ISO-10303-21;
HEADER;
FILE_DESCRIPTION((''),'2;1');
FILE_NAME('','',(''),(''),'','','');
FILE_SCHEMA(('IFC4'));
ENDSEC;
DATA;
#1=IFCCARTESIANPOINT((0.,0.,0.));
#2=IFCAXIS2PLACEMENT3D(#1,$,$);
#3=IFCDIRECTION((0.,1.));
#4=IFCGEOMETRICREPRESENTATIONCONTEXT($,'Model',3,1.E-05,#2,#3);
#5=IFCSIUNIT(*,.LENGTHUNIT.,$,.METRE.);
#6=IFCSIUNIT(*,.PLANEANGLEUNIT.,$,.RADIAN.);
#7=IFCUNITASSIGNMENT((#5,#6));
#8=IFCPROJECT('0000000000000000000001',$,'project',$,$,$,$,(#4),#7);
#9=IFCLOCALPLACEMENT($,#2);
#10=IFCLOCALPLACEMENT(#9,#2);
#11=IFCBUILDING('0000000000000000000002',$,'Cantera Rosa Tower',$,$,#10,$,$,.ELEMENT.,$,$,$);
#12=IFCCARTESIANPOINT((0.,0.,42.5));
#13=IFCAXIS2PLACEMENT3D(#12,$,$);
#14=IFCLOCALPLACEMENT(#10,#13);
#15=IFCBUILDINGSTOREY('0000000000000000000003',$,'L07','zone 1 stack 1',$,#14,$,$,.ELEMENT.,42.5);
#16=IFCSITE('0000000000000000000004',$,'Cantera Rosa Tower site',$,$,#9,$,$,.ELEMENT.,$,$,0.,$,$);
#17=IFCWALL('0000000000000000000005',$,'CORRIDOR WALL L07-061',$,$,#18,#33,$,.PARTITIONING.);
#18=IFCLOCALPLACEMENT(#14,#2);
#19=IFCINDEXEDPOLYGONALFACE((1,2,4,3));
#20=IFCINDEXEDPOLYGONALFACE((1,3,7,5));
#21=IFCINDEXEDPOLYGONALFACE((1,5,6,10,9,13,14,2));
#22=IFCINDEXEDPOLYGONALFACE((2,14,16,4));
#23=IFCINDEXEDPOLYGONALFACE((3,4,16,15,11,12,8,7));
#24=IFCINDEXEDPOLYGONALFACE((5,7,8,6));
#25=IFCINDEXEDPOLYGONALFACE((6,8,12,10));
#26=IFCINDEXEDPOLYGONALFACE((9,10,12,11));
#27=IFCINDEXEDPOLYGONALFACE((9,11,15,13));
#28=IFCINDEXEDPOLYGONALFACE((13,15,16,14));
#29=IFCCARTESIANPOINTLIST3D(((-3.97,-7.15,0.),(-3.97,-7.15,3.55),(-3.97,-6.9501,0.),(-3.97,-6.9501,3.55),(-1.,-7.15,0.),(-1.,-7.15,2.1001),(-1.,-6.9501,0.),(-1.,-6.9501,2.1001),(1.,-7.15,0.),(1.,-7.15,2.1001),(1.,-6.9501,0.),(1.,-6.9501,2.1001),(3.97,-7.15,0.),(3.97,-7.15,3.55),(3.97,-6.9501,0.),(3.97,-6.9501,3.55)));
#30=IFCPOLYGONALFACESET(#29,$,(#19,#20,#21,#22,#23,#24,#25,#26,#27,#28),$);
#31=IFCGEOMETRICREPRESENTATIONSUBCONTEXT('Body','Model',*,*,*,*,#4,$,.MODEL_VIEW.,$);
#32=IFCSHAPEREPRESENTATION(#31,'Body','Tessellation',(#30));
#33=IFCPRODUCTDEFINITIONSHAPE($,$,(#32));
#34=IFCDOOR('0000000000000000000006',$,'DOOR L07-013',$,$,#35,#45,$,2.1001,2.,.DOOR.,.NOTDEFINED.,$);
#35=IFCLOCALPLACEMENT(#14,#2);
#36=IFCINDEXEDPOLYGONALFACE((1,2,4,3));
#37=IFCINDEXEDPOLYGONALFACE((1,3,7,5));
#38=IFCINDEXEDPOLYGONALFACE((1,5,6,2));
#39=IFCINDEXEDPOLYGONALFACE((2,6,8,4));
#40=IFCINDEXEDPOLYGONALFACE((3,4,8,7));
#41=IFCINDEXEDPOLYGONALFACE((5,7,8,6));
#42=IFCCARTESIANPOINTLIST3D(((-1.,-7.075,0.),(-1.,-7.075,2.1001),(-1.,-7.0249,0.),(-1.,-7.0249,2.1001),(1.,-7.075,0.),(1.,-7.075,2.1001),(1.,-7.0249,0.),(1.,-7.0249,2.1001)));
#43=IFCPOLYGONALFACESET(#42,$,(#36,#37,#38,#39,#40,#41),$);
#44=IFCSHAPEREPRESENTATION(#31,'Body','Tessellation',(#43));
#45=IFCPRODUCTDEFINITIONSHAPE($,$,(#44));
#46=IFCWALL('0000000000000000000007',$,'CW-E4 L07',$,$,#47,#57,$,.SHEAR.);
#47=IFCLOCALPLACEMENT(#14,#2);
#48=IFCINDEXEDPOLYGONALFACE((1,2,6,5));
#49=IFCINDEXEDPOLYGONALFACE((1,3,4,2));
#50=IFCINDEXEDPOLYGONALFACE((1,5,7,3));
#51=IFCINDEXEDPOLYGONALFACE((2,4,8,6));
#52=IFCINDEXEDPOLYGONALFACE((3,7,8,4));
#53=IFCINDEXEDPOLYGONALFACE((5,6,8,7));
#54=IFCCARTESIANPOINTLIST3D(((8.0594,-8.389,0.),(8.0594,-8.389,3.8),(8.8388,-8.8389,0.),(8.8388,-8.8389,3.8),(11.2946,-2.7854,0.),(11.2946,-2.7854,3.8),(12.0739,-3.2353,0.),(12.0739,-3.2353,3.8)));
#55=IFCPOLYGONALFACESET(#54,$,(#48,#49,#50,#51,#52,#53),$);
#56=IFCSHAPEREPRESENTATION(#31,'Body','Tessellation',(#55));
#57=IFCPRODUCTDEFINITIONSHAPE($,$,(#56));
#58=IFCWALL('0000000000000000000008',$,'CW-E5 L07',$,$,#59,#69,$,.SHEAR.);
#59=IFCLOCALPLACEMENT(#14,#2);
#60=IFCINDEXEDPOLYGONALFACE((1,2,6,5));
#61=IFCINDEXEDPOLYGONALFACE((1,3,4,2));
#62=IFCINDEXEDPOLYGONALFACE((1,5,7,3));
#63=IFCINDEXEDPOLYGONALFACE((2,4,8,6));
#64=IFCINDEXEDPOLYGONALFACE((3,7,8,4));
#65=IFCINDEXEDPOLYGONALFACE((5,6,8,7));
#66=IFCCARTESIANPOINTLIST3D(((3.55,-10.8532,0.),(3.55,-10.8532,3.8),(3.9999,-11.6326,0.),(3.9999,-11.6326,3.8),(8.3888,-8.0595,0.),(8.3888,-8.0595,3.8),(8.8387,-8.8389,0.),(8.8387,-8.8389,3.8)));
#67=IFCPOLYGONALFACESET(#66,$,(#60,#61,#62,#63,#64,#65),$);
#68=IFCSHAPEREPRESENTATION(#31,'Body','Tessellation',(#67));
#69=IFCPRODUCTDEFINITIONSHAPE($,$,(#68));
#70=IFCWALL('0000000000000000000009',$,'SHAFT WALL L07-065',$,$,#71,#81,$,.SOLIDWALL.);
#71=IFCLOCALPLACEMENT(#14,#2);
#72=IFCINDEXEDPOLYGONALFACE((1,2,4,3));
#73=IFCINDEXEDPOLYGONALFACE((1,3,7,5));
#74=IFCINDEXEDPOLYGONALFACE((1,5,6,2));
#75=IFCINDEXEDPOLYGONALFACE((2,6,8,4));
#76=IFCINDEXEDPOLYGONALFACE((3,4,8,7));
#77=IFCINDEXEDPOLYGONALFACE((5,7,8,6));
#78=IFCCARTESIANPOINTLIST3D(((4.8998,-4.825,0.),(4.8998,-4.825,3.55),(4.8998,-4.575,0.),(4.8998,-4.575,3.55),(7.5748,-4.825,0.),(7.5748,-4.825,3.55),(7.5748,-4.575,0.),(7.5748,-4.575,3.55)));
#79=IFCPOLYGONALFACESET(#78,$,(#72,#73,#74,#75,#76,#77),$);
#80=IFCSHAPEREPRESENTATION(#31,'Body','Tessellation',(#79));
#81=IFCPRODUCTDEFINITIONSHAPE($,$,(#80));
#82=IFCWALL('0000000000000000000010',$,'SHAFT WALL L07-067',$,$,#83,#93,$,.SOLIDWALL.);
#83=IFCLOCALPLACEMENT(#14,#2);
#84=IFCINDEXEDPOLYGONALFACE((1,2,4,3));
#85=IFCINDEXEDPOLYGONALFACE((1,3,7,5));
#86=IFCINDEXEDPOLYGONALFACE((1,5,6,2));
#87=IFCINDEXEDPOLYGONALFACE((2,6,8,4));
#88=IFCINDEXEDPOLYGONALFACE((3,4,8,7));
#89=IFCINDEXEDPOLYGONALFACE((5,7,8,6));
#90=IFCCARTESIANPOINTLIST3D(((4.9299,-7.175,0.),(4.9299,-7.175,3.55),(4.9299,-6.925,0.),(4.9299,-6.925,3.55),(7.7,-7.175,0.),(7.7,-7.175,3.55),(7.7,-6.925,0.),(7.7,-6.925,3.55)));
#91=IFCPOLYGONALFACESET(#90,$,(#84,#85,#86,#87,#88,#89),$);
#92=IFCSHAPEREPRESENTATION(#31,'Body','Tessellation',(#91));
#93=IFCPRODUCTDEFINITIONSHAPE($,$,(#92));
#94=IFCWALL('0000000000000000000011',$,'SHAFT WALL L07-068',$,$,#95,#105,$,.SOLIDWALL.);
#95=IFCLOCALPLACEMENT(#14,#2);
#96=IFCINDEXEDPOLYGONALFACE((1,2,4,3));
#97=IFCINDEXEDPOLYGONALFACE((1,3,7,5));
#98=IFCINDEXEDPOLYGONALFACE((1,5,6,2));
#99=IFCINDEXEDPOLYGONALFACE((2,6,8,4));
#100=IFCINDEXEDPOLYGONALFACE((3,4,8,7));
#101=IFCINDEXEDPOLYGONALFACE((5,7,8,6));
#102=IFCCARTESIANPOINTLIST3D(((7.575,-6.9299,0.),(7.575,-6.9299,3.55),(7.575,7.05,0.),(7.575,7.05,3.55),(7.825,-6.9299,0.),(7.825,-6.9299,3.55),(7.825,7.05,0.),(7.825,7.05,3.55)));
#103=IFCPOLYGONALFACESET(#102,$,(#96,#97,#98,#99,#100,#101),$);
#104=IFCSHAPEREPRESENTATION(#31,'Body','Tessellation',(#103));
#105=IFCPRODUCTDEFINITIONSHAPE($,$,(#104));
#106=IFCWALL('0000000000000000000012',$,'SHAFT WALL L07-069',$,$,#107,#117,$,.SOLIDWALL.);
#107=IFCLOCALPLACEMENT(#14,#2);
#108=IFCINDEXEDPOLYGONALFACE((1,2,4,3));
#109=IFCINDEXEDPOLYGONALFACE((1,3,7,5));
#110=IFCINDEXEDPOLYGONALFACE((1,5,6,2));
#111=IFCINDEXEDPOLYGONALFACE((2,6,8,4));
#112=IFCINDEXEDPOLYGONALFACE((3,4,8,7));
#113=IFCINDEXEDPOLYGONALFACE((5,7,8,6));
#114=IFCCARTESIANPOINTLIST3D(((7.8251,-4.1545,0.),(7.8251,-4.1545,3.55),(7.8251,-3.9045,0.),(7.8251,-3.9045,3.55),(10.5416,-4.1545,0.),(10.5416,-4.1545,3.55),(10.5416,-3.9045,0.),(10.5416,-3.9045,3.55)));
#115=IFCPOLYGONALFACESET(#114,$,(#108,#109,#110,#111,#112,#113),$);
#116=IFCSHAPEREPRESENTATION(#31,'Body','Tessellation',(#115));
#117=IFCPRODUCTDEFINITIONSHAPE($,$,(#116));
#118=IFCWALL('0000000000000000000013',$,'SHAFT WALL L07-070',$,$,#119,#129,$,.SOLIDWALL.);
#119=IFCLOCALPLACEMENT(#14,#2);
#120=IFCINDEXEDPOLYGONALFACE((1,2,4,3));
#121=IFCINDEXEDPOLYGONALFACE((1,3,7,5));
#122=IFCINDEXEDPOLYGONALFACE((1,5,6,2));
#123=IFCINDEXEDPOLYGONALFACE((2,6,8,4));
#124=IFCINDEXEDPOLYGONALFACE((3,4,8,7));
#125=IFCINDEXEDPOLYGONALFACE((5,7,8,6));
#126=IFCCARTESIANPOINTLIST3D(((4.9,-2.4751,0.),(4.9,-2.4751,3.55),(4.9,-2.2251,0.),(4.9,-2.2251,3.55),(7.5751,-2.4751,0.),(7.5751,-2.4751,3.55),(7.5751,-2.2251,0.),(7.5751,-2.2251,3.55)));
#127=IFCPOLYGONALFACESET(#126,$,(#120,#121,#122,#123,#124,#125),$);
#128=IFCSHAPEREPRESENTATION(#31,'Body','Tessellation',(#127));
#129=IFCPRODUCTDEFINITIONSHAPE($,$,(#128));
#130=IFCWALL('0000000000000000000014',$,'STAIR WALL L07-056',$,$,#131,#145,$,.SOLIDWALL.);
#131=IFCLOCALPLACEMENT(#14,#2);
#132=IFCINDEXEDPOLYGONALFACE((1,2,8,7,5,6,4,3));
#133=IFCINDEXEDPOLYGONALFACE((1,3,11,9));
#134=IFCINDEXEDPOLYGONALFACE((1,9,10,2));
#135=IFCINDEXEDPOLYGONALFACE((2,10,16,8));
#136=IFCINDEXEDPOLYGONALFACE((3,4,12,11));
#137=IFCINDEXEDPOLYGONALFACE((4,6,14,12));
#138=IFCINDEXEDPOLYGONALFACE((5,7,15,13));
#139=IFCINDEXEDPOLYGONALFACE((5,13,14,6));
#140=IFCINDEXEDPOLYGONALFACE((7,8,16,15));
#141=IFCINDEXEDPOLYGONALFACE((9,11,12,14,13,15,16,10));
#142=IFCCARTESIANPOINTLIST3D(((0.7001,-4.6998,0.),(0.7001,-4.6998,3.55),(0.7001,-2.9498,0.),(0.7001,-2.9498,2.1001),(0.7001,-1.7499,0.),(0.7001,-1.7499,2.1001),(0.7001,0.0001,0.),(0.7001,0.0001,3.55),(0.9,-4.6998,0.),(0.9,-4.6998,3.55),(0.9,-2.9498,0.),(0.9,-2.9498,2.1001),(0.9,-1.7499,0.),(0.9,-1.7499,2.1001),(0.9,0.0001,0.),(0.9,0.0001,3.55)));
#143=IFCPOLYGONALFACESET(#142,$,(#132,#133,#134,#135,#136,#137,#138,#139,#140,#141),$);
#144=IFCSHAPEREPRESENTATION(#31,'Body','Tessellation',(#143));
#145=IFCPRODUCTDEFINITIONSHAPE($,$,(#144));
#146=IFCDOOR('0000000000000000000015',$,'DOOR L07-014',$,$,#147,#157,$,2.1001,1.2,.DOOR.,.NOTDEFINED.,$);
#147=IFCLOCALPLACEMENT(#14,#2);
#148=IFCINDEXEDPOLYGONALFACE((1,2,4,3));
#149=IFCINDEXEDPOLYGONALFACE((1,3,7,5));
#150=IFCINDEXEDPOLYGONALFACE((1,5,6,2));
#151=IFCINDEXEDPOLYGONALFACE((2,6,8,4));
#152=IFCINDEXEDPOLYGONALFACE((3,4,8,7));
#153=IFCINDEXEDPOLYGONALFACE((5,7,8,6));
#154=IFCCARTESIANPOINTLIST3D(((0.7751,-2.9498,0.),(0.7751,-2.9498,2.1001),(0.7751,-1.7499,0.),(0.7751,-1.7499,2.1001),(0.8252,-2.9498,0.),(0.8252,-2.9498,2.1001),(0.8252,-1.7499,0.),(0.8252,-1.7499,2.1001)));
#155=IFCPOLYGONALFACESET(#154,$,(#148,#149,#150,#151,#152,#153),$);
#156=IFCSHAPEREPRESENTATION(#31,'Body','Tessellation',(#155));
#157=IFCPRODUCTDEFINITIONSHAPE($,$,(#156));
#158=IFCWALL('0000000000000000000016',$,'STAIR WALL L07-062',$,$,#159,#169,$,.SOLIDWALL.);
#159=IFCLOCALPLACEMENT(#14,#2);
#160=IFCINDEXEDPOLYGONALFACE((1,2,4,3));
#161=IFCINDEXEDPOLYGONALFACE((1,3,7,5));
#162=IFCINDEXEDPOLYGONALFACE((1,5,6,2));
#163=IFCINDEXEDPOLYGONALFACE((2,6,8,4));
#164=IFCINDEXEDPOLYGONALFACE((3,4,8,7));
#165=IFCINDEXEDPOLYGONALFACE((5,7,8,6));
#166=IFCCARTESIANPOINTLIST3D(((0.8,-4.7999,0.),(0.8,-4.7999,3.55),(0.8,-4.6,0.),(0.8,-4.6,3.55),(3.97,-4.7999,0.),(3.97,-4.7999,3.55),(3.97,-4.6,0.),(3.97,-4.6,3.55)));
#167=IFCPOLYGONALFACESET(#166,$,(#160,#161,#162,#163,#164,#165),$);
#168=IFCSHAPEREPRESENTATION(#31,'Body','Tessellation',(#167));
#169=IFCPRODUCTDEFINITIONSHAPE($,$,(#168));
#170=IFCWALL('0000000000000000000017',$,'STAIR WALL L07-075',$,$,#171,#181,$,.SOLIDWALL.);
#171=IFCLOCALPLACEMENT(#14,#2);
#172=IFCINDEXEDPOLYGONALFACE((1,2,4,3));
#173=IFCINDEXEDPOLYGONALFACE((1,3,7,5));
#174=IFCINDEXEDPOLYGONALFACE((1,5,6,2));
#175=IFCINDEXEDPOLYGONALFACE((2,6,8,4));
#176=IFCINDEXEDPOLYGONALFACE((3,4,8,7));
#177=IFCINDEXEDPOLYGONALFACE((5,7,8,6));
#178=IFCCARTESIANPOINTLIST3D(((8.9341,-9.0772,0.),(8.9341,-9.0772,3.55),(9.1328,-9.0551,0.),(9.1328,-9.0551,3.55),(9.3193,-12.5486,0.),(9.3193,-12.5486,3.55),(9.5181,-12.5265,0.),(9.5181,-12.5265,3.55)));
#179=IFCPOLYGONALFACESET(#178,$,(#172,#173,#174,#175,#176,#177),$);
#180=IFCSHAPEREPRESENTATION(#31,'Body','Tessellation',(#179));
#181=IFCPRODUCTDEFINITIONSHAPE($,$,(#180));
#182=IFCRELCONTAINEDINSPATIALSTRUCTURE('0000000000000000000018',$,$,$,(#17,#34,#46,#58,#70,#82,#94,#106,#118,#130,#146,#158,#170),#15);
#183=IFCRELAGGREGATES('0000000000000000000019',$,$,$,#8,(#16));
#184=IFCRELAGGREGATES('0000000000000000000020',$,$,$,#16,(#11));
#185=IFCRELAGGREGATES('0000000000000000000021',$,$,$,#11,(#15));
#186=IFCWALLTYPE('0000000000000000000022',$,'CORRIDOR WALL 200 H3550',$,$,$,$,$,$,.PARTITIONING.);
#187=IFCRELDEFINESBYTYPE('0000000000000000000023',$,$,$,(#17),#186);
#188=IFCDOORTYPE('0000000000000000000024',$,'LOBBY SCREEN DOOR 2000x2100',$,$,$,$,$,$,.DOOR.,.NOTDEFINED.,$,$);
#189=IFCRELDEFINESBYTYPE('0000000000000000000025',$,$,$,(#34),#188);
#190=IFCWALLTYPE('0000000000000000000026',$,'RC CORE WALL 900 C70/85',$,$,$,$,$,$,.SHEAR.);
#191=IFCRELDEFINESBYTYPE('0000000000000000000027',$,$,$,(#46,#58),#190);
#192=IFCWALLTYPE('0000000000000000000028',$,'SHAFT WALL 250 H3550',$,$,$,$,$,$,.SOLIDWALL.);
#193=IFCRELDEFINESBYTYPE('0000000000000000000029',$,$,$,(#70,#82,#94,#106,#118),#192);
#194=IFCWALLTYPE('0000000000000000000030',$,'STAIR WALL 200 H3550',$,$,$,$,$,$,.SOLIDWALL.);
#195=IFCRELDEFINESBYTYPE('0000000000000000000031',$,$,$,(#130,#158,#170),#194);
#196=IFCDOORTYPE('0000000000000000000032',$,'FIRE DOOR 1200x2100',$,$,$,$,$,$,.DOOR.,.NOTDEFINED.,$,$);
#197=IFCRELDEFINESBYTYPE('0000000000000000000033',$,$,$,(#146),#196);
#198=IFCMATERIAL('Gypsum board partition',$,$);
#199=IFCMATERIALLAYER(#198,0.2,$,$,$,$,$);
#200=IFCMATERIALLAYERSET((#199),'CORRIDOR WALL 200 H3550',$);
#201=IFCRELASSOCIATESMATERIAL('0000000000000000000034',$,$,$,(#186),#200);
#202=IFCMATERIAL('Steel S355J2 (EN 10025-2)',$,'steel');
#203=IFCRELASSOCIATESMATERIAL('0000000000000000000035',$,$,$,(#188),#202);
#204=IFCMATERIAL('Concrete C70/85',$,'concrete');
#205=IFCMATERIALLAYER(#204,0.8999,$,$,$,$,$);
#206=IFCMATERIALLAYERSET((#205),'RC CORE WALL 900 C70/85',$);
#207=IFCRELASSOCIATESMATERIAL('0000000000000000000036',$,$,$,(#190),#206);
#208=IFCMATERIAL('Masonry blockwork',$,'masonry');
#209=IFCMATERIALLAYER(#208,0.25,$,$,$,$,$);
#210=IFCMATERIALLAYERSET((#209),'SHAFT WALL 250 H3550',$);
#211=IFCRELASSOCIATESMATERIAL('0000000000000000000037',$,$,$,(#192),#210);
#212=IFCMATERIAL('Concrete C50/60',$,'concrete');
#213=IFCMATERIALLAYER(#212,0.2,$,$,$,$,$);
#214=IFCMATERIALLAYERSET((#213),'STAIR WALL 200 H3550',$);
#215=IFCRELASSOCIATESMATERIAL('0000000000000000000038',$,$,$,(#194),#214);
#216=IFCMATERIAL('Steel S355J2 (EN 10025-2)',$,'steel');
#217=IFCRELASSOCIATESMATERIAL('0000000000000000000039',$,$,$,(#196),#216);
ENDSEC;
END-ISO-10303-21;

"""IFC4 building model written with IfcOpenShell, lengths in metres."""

from ifc_helpers import new_model, si_unit, direction, frame, frame_2d, origin, place, context, subcontext, project, spatial, rectangle, extrude, material, layer, layer_set, type_object, element, fill, save


model = new_model("IFC4")

# Units and contexts
model_context = context("Model", 3, precision=1e-05, world=origin(), true_north=direction((0.0, 1.0)))
body_context = subcontext(model_context, "Body", "Model", "MODEL_VIEW")
ifc_project = project(units=[si_unit("LENGTHUNIT", "METRE"), si_unit("PLANEANGLEUNIT", "RADIAN")], contexts=[model_context])

# Site, building, storey
site_placement = place(None, origin())
site = spatial("IfcSite", under=ifc_project, at=site_placement, Name="Cantera Rosa Tower site", CompositionType="ELEMENT", RefElevation=0.0)
building_placement = place(site_placement, origin())
building = spatial("IfcBuilding", under=site, at=building_placement, Name="Cantera Rosa Tower", CompositionType="ELEMENT")
storey_placement = place(building_placement, frame((0.0, 0.0, 42.5)))
storey = spatial("IfcBuildingStorey", under=building, at=storey_placement, Name="L07", Description="zone 1 stack 1", CompositionType="ELEMENT", Elevation=42.5)

# Wall, opening, door
ifc_material_1 = material(Name="Gypsum board partition")
ifc_layer_1 = layer(ifc_material_1, 0.2)
ifc_layer_set_1 = layer_set([ifc_layer_1], Name="CORRIDOR WALL 200 H3550")
wall_type_1 = type_object("IfcWallType", Name="CORRIDOR WALL 200 H3550", PredefinedType="PARTITIONING", material=ifc_layer_set_1)
wall_1_placement = place(storey_placement, frame((3.97, -7.05, 0.0), z_axis=(0.0, 0.0, 1.0), x_axis=(-1.0, 0.0, 0.0)))
wall_1 = element("IfcWall", 1, at=wall_1_placement, inside=storey, type_object=wall_type_1, Name="CORRIDOR WALL L07-061", PredefinedType="PARTITIONING", context=body_context, shape_type="SweptSolid", body=[
    extrude(rectangle(XDim=7.9399, YDim=0.2, at=frame_2d((3.97, 0.0))), origin(), (0.0, 0.0, 1.0), 3.55),
])
opening_1_placement = place(wall_1_placement, frame((2.97, 0.0, 0.0)))
opening_1 = element("IfcOpeningElement", 2, at=opening_1_placement, cuts=wall_1, PredefinedType="OPENING", context=body_context, shape_type="SweptSolid", body=[
    extrude(rectangle(XDim=2.0, YDim=2.1001, at=frame_2d((1.0, 1.05))), frame((0.0, 0.1099, 0.0), z_axis=(0.0, -1.0, 0.0), x_axis=(1.0, 0.0, 0.0)), (0.0, 0.0, 1.0), 0.22),
])
ifc_material_2 = material(Name="Steel S355J2 (EN 10025-2)", Category="steel")
door_type_1 = type_object("IfcDoorType", Name="LOBBY SCREEN DOOR 2000x2100", OperationType="NOTDEFINED", PredefinedType="DOOR", material=ifc_material_2)
door_1_placement = place(opening_1_placement, origin())
door_1 = element("IfcDoor", 3, at=door_1_placement, inside=storey, type_object=door_type_1, Name="DOOR L07-013", OperationType="NOTDEFINED", OverallHeight=2.1001, OverallWidth=2.0, PredefinedType="DOOR", context=body_context, shape_type="SweptSolid", body=[
    extrude(rectangle(XDim=2.0, YDim=2.1001, at=frame_2d((1.0, 1.05))), frame((0.0, 0.0249, 0.0), z_axis=(0.0, -1.0, 0.0), x_axis=(1.0, 0.0, 0.0)), (0.0, 0.0, 1.0), 0.05),
])
fill(opening_1, door_1)

# Walls
ifc_material_3 = material(Name="Concrete C70/85", Category="concrete")
ifc_layer_2 = layer(ifc_material_3, 0.8999)
ifc_layer_set_2 = layer_set([ifc_layer_2], Name="RC CORE WALL 900 C70/85")
wall_type_2 = type_object("IfcWallType", Name="RC CORE WALL 900 C70/85", PredefinedType="SHEAR", material=ifc_layer_set_2)
wall_2_placement = place(storey_placement, frame((11.6843, -3.0103, 0.0), z_axis=(0.0, 0.0, 1.0), x_axis=(-0.49999, -0.866031, 0.0)))
element("IfcWall", 4, at=wall_2_placement, inside=storey, type_object=wall_type_2, Name="CW-E4 L07", PredefinedType="SHEAR", context=body_context, shape_type="SweptSolid", body=[
    extrude(rectangle(XDim=6.4705, YDim=0.8999, at=frame_2d((3.2354, 0.0))), origin(), (0.0, 0.0, 1.0), 3.8),
])
wall_3_placement = place(storey_placement, frame((8.6138, -8.4492, 0.0), z_axis=(0.0, 0.0, 1.0), x_axis=(-0.866027, -0.499997, 0.0)))
element("IfcWall", 5, at=wall_3_placement, inside=storey, type_object=wall_type_2, Name="CW-E5 L07", PredefinedType="SHEAR", context=body_context, shape_type="SweptSolid", body=[
    extrude(rectangle(XDim=5.5874, YDim=0.8999, at=frame_2d((2.7937, 0.0))), origin(), (0.0, 0.0, 1.0), 3.8),
])
ifc_material_4 = material(Name="Masonry blockwork", Category="masonry")
ifc_layer_3 = layer(ifc_material_4, 0.25)
ifc_layer_set_3 = layer_set([ifc_layer_3], Name="SHAFT WALL 250 H3550")
wall_type_3 = type_object("IfcWallType", Name="SHAFT WALL 250 H3550", PredefinedType="SOLIDWALL", material=ifc_layer_set_3)
wall_4_placement = place(storey_placement, frame((4.8999, -4.7, 0.0), z_axis=(0.0, 0.0, 1.0), x_axis=(1.0, 0.0, 0.0)))
element("IfcWall", 6, at=wall_4_placement, inside=storey, type_object=wall_type_3, Name="SHAFT WALL L07-065", PredefinedType="SOLIDWALL", context=body_context, shape_type="SweptSolid", body=[
    extrude(rectangle(XDim=2.675, YDim=0.25, at=frame_2d((1.3374, 0.0))), origin(), (0.0, 0.0, 1.0), 3.55),
])
wall_5_placement = place(storey_placement, frame((4.9299, -7.05, 0.0), z_axis=(0.0, 0.0, 1.0), x_axis=(1.0, 0.0, 0.0)))
element("IfcWall", 7, at=wall_5_placement, inside=storey, type_object=wall_type_3, Name="SHAFT WALL L07-067", PredefinedType="SOLIDWALL", context=body_context, shape_type="SweptSolid", body=[
    extrude(rectangle(XDim=2.77, YDim=0.25, at=frame_2d((1.385, 0.0))), origin(), (0.0, 0.0, 1.0), 3.55),
])
wall_6_placement = place(storey_placement, frame((7.7, -6.9299, 0.0), z_axis=(0.0, 0.0, 1.0), x_axis=(0.0, 1.0, 0.0)))
element("IfcWall", 8, at=wall_6_placement, inside=storey, type_object=wall_type_3, Name="SHAFT WALL L07-068", PredefinedType="SOLIDWALL", context=body_context, shape_type="SweptSolid", body=[
    extrude(rectangle(XDim=13.98, YDim=0.25, at=frame_2d((6.99, 0.0))), origin(), (0.0, 0.0, 1.0), 3.55),
])
wall_7_placement = place(storey_placement, frame((7.825, -4.0295, 0.0), z_axis=(0.0, 0.0, 1.0), x_axis=(1.0, 0.0, 0.0)))
element("IfcWall", 9, at=wall_7_placement, inside=storey, type_object=wall_type_3, Name="SHAFT WALL L07-069", PredefinedType="SOLIDWALL", context=body_context, shape_type="SweptSolid", body=[
    extrude(rectangle(XDim=2.7166, YDim=0.25, at=frame_2d((1.3584, 0.0))), origin(), (0.0, 0.0, 1.0), 3.55),
])
wall_8_placement = place(storey_placement, frame((7.575, -2.3501, 0.0), z_axis=(0.0, 0.0, 1.0), x_axis=(-1.0, 0.0, 0.0)))
element("IfcWall", 10, at=wall_8_placement, inside=storey, type_object=wall_type_3, Name="SHAFT WALL L07-070", PredefinedType="SOLIDWALL", context=body_context, shape_type="SweptSolid", body=[
    extrude(rectangle(XDim=2.675, YDim=0.25, at=frame_2d((1.3374, 0.0))), origin(), (0.0, 0.0, 1.0), 3.55),
])

# Wall, opening, door
ifc_material_5 = material(Name="Concrete C50/60", Category="concrete")
ifc_layer_4 = layer(ifc_material_5, 0.2)
ifc_layer_set_4 = layer_set([ifc_layer_4], Name="STAIR WALL 200 H3550")
wall_type_4 = type_object("IfcWallType", Name="STAIR WALL 200 H3550", PredefinedType="SOLIDWALL", material=ifc_layer_set_4)
wall_9_placement = place(storey_placement, frame((0.8, -4.7, 0.0), z_axis=(0.0, 0.0, 1.0), x_axis=(0.0, 1.0, 0.0)))
wall_9 = element("IfcWall", 11, at=wall_9_placement, inside=storey, type_object=wall_type_4, Name="STAIR WALL L07-056", PredefinedType="SOLIDWALL", context=body_context, shape_type="SweptSolid", body=[
    extrude(rectangle(XDim=4.7, YDim=0.2, at=frame_2d((2.3501, 0.0))), origin(), (0.0, 0.0, 1.0), 3.55),
])
opening_2_placement = place(wall_9_placement, frame((1.75, 0.0, 0.0)))
opening_2 = element("IfcOpeningElement", 12, at=opening_2_placement, cuts=wall_9, PredefinedType="OPENING", context=body_context, shape_type="SweptSolid", body=[
    extrude(rectangle(XDim=1.2, YDim=2.1001, at=frame_2d((0.6001, 1.05))), frame((0.0, 0.1099, 0.0), z_axis=(0.0, -1.0, 0.0), x_axis=(1.0, 0.0, 0.0)), (0.0, 0.0, 1.0), 0.22),
])
ifc_material_6 = material(Name="Steel S355J2 (EN 10025-2)", Category="steel")
door_type_2 = type_object("IfcDoorType", Name="FIRE DOOR 1200x2100", OperationType="NOTDEFINED", PredefinedType="DOOR", material=ifc_material_6)
door_2_placement = place(opening_2_placement, origin())
door_2 = element("IfcDoor", 13, at=door_2_placement, inside=storey, type_object=door_type_2, Name="DOOR L07-014", OperationType="NOTDEFINED", OverallHeight=2.1001, OverallWidth=1.2, PredefinedType="DOOR", context=body_context, shape_type="SweptSolid", body=[
    extrude(rectangle(XDim=1.2, YDim=2.1001, at=frame_2d((0.6001, 1.05))), frame((0.0, 0.0249, 0.0), z_axis=(0.0, -1.0, 0.0), x_axis=(1.0, 0.0, 0.0)), (0.0, 0.0, 1.0), 0.05),
])
fill(opening_2, door_2)

# Walls
wall_10_placement = place(storey_placement, frame((3.97, -4.7, 0.0), z_axis=(0.0, 0.0, 1.0), x_axis=(-1.0, 0.0, 0.0)))
element("IfcWall", 14, at=wall_10_placement, inside=storey, type_object=wall_type_4, Name="STAIR WALL L07-062", PredefinedType="SOLIDWALL", context=body_context, shape_type="SweptSolid", body=[
    extrude(rectangle(XDim=3.1699, YDim=0.2, at=frame_2d((1.585, 0.0))), origin(), (0.0, 0.0, 1.0), 3.55),
])
wall_11_placement = place(storey_placement, frame((9.0334, -9.0662, 0.0), z_axis=(0.0, 0.0, 1.0), x_axis=(0.110301, -0.993898, 0.0)))
element("IfcWall", 15, at=wall_11_placement, inside=storey, type_object=wall_type_4, Name="STAIR WALL L07-075", PredefinedType="SOLIDWALL", context=body_context, shape_type="SweptSolid", body=[
    extrude(rectangle(XDim=3.4927, YDim=0.2, at=frame_2d((1.7463, 0.0))), origin(), (0.0, 0.0, 1.0), 3.55),
])

save(model, "model.ifc")
